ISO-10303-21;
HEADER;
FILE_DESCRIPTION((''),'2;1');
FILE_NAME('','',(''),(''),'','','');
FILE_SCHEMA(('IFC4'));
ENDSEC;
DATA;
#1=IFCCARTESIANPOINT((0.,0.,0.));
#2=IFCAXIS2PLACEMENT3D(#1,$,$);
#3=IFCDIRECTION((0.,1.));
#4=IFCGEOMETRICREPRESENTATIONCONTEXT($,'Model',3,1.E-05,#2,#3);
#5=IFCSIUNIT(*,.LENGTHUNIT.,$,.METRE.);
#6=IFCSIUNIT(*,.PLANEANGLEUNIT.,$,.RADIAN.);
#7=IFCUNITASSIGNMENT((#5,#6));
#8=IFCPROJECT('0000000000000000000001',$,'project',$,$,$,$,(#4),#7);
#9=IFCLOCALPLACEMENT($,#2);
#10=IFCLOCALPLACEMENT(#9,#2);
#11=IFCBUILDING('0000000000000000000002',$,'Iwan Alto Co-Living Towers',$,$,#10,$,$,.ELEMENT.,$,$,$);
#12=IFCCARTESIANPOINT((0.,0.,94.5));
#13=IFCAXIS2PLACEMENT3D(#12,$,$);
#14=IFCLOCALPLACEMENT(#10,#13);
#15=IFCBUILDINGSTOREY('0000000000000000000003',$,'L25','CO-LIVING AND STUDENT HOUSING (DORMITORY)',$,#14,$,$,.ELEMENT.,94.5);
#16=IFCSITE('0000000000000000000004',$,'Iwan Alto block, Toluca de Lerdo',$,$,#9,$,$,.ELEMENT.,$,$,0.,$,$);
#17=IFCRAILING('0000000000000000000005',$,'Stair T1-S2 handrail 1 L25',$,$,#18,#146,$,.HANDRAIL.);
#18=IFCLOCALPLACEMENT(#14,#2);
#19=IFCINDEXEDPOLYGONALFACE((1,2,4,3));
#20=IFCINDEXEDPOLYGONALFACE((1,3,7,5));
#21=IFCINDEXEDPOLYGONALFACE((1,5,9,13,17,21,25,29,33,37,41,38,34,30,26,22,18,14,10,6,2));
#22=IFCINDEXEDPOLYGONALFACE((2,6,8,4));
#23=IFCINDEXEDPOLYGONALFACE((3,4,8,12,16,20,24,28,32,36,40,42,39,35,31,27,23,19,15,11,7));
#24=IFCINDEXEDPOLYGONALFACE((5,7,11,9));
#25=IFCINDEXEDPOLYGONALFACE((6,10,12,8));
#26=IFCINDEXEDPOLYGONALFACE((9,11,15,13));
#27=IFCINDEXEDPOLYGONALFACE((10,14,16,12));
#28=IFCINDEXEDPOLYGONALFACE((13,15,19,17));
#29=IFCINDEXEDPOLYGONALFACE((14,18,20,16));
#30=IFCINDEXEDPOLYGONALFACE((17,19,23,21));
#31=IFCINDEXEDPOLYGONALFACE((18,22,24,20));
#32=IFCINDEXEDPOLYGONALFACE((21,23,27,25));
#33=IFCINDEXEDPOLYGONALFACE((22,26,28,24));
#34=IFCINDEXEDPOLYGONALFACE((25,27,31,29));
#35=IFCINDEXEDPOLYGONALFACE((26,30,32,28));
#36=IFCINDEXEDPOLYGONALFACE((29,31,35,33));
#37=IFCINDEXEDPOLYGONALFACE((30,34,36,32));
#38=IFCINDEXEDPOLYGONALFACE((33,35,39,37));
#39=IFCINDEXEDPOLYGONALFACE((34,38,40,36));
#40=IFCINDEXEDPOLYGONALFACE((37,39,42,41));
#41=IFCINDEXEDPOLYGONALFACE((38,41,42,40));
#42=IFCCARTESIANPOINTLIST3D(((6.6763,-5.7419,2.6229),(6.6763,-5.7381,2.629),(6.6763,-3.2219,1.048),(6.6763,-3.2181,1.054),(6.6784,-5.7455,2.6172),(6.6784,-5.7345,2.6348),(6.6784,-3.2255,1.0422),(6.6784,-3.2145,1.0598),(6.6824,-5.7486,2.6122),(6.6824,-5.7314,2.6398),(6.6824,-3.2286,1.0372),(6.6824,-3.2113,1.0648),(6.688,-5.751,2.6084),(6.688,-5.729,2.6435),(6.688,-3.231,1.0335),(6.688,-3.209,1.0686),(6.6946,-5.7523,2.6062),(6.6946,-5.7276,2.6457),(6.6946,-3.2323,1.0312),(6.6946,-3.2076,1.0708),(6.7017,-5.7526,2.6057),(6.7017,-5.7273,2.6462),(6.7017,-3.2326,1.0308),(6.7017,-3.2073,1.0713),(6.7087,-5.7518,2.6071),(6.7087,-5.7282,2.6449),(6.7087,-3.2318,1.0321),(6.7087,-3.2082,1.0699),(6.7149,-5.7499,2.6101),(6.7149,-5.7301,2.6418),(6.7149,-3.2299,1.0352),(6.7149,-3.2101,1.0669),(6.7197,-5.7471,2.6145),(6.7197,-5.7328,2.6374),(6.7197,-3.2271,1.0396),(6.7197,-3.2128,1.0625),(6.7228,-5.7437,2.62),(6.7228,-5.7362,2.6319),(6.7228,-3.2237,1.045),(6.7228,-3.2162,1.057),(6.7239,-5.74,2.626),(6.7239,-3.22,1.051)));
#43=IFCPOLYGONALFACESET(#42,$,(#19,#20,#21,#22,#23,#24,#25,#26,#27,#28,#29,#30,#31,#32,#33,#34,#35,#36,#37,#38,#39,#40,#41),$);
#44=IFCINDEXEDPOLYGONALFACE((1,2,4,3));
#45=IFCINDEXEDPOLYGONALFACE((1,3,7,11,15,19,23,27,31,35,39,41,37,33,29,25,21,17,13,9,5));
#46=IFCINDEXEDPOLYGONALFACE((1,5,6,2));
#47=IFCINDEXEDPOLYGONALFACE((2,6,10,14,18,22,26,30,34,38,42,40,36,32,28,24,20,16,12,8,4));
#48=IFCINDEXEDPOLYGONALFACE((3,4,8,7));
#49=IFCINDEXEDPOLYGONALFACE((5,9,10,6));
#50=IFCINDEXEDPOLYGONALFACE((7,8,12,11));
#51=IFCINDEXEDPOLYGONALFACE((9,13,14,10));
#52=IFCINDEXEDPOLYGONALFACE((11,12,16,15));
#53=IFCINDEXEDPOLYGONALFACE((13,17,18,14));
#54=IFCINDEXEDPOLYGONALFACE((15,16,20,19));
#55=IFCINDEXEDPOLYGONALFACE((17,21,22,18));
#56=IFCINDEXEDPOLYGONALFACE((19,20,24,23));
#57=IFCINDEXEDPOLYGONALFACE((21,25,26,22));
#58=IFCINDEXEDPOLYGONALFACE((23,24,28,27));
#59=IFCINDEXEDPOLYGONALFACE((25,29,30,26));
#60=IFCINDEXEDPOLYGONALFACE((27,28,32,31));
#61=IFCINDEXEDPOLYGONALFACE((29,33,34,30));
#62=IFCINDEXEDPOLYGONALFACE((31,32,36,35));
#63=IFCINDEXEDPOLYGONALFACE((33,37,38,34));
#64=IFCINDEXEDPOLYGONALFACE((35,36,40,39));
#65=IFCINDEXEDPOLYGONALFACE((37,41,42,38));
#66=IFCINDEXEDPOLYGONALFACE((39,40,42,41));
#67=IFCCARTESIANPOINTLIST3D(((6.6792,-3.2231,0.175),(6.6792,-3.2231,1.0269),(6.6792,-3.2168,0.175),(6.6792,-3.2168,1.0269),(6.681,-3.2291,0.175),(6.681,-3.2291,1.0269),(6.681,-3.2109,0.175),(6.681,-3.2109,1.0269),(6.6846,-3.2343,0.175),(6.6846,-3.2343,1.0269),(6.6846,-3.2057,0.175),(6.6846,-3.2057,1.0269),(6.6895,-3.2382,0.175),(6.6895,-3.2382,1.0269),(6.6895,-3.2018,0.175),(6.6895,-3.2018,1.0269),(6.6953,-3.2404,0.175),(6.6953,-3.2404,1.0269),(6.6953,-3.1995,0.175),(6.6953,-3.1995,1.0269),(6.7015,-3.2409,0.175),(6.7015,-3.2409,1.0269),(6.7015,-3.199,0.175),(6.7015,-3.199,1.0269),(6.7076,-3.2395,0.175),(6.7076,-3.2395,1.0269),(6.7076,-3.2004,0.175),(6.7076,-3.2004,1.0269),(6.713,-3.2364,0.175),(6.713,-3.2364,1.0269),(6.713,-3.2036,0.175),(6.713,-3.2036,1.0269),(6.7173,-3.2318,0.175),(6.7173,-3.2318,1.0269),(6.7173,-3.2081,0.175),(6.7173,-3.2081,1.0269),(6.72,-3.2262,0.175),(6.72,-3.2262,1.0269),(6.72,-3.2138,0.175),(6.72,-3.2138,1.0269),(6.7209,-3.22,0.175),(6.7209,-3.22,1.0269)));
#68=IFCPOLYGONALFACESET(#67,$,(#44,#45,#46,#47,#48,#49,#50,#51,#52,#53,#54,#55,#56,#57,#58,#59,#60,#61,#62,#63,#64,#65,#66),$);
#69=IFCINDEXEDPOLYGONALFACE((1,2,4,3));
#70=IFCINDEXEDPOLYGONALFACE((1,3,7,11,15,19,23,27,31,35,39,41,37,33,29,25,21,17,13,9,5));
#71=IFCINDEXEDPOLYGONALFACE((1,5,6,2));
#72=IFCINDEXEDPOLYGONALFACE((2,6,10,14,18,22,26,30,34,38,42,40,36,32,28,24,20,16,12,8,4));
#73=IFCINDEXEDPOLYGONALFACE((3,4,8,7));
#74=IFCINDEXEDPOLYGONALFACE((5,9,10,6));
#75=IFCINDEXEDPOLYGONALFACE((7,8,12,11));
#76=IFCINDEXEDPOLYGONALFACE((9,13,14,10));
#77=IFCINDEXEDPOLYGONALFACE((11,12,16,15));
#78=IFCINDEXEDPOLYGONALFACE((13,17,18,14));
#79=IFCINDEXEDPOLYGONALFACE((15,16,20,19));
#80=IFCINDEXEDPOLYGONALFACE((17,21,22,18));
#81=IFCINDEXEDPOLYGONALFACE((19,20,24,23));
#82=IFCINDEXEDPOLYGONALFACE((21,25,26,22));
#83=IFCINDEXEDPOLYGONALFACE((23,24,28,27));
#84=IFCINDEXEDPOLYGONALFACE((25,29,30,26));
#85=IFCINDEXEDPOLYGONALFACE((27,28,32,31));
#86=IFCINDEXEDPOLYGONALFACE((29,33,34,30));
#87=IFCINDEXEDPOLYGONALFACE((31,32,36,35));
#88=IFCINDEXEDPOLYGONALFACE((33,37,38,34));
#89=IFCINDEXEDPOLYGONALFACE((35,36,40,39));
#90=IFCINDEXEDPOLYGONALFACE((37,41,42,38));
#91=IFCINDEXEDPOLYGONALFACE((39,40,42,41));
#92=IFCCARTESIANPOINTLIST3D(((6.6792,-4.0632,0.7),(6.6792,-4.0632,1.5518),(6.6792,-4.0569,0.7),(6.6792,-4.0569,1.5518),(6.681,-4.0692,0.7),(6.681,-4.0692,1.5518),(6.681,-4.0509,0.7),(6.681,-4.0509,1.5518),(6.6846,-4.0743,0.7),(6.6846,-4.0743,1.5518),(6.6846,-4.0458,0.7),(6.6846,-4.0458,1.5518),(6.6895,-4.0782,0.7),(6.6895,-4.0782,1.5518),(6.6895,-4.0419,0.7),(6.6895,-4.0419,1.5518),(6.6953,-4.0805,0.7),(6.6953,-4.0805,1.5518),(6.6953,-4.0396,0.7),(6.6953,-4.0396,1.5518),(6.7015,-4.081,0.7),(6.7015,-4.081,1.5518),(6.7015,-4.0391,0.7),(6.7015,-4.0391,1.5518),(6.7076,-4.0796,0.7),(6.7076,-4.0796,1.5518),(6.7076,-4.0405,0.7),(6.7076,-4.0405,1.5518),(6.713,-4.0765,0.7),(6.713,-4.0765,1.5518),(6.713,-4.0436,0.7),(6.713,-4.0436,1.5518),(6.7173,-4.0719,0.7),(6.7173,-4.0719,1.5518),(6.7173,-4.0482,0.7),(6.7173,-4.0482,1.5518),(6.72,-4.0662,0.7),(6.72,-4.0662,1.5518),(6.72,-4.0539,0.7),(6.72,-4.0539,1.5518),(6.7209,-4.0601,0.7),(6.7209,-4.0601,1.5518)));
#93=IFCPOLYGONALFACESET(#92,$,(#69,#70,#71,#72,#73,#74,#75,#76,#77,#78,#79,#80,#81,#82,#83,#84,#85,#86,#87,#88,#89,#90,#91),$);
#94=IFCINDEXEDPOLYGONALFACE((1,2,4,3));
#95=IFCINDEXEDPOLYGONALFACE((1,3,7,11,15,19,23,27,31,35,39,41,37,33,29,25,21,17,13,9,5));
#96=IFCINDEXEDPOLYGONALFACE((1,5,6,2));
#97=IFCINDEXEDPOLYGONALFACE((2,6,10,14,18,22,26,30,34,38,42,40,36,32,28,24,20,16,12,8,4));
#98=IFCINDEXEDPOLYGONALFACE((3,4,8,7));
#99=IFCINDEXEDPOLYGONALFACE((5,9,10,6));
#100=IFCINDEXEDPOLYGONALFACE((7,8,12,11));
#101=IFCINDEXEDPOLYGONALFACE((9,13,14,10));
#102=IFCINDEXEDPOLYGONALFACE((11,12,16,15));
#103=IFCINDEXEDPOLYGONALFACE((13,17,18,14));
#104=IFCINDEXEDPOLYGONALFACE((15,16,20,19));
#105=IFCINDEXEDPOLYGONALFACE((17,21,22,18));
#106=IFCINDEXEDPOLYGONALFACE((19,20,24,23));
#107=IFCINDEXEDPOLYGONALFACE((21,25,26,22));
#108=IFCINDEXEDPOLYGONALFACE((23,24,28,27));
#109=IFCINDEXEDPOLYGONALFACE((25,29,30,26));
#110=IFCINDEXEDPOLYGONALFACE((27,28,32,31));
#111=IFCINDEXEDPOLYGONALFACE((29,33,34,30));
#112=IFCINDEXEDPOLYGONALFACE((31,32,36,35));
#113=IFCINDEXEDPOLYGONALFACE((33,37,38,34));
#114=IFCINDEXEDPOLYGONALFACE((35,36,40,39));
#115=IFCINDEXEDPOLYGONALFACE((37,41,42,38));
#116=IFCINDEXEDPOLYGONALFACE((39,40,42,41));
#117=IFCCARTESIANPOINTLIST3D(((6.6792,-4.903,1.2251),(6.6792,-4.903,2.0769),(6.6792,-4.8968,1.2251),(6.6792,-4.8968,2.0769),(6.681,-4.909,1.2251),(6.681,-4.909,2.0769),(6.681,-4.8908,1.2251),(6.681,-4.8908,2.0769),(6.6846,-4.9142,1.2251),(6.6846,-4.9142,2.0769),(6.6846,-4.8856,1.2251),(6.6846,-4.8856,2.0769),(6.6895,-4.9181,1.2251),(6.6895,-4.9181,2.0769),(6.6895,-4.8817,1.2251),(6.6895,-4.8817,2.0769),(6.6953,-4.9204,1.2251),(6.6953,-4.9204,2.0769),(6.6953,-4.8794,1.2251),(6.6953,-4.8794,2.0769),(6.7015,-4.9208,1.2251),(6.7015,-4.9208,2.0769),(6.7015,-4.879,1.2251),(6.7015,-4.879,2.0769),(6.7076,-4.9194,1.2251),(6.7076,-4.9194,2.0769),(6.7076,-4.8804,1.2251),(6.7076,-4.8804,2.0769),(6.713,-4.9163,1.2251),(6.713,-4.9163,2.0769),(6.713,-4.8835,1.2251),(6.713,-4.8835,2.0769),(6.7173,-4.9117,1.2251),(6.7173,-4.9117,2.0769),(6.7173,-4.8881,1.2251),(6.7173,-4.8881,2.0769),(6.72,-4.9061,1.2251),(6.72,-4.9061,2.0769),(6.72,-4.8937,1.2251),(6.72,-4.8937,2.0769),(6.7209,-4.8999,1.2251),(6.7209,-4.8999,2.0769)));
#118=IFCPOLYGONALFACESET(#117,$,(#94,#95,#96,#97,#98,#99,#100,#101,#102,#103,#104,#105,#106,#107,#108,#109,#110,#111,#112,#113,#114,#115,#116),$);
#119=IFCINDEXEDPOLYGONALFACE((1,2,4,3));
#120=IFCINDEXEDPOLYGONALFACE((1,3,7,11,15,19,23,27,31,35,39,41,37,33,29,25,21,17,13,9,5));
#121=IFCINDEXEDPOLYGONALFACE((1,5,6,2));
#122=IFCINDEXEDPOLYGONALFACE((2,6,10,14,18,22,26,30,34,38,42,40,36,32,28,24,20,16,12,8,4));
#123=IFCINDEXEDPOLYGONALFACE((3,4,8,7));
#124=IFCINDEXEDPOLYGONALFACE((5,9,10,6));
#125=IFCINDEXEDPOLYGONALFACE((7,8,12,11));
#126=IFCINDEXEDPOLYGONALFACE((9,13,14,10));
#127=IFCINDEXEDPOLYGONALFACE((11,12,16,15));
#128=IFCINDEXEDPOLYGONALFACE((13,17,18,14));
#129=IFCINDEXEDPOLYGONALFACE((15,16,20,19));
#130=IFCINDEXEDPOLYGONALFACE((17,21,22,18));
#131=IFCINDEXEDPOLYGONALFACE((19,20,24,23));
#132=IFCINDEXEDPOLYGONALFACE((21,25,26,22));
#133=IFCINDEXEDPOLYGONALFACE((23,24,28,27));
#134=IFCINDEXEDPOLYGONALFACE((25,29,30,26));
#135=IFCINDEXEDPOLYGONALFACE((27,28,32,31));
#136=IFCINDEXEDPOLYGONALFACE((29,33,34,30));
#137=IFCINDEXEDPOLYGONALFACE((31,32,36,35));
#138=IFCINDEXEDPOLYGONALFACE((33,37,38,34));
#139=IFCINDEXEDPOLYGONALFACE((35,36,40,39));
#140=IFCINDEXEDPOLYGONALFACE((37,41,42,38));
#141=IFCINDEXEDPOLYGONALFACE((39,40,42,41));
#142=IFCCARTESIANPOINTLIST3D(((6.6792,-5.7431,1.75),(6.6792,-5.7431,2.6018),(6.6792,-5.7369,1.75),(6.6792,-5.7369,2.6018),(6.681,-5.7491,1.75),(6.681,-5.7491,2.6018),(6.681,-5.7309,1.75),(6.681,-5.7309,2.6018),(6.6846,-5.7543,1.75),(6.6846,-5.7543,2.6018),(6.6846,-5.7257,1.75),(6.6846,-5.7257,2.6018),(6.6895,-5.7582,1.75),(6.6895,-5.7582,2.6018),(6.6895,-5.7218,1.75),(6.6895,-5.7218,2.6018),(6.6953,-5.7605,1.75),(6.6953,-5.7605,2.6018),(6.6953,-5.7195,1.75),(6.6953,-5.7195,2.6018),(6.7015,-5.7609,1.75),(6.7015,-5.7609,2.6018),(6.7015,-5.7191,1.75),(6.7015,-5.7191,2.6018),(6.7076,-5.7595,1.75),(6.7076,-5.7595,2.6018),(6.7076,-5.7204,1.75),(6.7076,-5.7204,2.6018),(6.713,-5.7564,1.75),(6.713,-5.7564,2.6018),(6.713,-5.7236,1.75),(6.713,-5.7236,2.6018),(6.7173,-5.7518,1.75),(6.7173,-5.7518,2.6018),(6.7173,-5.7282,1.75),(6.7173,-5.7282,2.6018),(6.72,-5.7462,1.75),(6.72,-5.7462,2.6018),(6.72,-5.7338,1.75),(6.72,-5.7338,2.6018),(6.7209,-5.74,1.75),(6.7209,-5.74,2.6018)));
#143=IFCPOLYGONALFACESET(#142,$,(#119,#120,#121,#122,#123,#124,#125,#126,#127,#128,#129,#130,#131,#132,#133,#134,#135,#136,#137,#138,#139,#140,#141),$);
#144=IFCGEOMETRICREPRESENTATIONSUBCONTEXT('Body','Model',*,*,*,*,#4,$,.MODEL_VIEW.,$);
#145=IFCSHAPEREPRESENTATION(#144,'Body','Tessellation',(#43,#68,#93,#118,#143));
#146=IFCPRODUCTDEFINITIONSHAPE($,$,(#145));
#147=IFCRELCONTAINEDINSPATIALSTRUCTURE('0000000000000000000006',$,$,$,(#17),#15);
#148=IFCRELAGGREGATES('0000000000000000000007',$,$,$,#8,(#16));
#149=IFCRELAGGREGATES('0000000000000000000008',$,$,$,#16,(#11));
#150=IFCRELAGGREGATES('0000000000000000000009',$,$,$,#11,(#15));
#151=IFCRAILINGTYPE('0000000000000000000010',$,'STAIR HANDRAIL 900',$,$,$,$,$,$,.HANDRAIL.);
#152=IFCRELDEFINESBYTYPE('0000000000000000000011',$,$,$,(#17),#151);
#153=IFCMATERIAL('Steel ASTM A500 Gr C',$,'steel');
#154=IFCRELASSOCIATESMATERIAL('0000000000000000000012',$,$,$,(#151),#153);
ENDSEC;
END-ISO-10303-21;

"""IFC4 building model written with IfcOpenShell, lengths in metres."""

from ifc_helpers import new_model, si_unit, direction, frame, origin, origin_2d, place, context, subcontext, project, spatial, circle, extrude, material, type_object, element, save


model = new_model("IFC4")

# Units and contexts
model_context = context("Model", 3, precision=1e-05, world=origin(), true_north=direction((0.0, 1.0)))
body_context = subcontext(model_context, "Body", "Model", "MODEL_VIEW")
ifc_project = project(units=[si_unit("LENGTHUNIT", "METRE"), si_unit("PLANEANGLEUNIT", "RADIAN")], contexts=[model_context])

# Site, building, storey
site_placement = place(None, origin())
site = spatial("IfcSite", under=ifc_project, at=site_placement, Name="Iwan Alto block, Toluca de Lerdo", CompositionType="ELEMENT", RefElevation=0.0)
building_placement = place(site_placement, origin())
building = spatial("IfcBuilding", under=site, at=building_placement, Name="Iwan Alto Co-Living Towers", CompositionType="ELEMENT")
storey_placement = place(building_placement, frame((0.0, 0.0, 94.5)))
storey = spatial("IfcBuildingStorey", under=building, at=storey_placement, Name="L25", Description="CO-LIVING AND STUDENT HOUSING (DORMITORY)", CompositionType="ELEMENT", Elevation=94.5)

# Railing
ifc_material_1 = material(Name="Steel ASTM A500 Gr C", Category="steel")
railing_type_1 = type_object("IfcRailingType", Name="STAIR HANDRAIL 900", PredefinedType="HANDRAIL", material=ifc_material_1)
railing_1_placement = place(storey_placement, frame((6.7, -3.22, 0.175)))
element("IfcRailing", 1, at=railing_1_placement, inside=storey, type_object=railing_type_1, Name="Stair T1-S2 handrail 1 L25", PredefinedType="HANDRAIL", context=body_context, shape_type="SweptSolid", body=[
    extrude(circle(Radius=0.0239, at=origin_2d()), frame((0.0, 0.0, 0.876), z_axis=(0.0, -0.848008, 0.529984), x_axis=(1.0, 0.0, 0.0)), (0.0, 0.0, 1.0), 2.9717),
    extrude(circle(Radius=0.021, at=origin_2d()), origin(), (0.0, 0.0, 1.0), 0.8518),
    extrude(circle(Radius=0.021, at=origin_2d()), frame((0.0, -0.8401, 0.5249)), (0.0, 0.0, 1.0), 0.8518),
    extrude(circle(Radius=0.021, at=origin_2d()), frame((0.0, -1.6799, 1.05)), (0.0, 0.0, 1.0), 0.8518),
    extrude(circle(Radius=0.021, at=origin_2d()), frame((0.0, -2.52, 1.575)), (0.0, 0.0, 1.0), 0.8518),
])

save(model, "model.ifc")
